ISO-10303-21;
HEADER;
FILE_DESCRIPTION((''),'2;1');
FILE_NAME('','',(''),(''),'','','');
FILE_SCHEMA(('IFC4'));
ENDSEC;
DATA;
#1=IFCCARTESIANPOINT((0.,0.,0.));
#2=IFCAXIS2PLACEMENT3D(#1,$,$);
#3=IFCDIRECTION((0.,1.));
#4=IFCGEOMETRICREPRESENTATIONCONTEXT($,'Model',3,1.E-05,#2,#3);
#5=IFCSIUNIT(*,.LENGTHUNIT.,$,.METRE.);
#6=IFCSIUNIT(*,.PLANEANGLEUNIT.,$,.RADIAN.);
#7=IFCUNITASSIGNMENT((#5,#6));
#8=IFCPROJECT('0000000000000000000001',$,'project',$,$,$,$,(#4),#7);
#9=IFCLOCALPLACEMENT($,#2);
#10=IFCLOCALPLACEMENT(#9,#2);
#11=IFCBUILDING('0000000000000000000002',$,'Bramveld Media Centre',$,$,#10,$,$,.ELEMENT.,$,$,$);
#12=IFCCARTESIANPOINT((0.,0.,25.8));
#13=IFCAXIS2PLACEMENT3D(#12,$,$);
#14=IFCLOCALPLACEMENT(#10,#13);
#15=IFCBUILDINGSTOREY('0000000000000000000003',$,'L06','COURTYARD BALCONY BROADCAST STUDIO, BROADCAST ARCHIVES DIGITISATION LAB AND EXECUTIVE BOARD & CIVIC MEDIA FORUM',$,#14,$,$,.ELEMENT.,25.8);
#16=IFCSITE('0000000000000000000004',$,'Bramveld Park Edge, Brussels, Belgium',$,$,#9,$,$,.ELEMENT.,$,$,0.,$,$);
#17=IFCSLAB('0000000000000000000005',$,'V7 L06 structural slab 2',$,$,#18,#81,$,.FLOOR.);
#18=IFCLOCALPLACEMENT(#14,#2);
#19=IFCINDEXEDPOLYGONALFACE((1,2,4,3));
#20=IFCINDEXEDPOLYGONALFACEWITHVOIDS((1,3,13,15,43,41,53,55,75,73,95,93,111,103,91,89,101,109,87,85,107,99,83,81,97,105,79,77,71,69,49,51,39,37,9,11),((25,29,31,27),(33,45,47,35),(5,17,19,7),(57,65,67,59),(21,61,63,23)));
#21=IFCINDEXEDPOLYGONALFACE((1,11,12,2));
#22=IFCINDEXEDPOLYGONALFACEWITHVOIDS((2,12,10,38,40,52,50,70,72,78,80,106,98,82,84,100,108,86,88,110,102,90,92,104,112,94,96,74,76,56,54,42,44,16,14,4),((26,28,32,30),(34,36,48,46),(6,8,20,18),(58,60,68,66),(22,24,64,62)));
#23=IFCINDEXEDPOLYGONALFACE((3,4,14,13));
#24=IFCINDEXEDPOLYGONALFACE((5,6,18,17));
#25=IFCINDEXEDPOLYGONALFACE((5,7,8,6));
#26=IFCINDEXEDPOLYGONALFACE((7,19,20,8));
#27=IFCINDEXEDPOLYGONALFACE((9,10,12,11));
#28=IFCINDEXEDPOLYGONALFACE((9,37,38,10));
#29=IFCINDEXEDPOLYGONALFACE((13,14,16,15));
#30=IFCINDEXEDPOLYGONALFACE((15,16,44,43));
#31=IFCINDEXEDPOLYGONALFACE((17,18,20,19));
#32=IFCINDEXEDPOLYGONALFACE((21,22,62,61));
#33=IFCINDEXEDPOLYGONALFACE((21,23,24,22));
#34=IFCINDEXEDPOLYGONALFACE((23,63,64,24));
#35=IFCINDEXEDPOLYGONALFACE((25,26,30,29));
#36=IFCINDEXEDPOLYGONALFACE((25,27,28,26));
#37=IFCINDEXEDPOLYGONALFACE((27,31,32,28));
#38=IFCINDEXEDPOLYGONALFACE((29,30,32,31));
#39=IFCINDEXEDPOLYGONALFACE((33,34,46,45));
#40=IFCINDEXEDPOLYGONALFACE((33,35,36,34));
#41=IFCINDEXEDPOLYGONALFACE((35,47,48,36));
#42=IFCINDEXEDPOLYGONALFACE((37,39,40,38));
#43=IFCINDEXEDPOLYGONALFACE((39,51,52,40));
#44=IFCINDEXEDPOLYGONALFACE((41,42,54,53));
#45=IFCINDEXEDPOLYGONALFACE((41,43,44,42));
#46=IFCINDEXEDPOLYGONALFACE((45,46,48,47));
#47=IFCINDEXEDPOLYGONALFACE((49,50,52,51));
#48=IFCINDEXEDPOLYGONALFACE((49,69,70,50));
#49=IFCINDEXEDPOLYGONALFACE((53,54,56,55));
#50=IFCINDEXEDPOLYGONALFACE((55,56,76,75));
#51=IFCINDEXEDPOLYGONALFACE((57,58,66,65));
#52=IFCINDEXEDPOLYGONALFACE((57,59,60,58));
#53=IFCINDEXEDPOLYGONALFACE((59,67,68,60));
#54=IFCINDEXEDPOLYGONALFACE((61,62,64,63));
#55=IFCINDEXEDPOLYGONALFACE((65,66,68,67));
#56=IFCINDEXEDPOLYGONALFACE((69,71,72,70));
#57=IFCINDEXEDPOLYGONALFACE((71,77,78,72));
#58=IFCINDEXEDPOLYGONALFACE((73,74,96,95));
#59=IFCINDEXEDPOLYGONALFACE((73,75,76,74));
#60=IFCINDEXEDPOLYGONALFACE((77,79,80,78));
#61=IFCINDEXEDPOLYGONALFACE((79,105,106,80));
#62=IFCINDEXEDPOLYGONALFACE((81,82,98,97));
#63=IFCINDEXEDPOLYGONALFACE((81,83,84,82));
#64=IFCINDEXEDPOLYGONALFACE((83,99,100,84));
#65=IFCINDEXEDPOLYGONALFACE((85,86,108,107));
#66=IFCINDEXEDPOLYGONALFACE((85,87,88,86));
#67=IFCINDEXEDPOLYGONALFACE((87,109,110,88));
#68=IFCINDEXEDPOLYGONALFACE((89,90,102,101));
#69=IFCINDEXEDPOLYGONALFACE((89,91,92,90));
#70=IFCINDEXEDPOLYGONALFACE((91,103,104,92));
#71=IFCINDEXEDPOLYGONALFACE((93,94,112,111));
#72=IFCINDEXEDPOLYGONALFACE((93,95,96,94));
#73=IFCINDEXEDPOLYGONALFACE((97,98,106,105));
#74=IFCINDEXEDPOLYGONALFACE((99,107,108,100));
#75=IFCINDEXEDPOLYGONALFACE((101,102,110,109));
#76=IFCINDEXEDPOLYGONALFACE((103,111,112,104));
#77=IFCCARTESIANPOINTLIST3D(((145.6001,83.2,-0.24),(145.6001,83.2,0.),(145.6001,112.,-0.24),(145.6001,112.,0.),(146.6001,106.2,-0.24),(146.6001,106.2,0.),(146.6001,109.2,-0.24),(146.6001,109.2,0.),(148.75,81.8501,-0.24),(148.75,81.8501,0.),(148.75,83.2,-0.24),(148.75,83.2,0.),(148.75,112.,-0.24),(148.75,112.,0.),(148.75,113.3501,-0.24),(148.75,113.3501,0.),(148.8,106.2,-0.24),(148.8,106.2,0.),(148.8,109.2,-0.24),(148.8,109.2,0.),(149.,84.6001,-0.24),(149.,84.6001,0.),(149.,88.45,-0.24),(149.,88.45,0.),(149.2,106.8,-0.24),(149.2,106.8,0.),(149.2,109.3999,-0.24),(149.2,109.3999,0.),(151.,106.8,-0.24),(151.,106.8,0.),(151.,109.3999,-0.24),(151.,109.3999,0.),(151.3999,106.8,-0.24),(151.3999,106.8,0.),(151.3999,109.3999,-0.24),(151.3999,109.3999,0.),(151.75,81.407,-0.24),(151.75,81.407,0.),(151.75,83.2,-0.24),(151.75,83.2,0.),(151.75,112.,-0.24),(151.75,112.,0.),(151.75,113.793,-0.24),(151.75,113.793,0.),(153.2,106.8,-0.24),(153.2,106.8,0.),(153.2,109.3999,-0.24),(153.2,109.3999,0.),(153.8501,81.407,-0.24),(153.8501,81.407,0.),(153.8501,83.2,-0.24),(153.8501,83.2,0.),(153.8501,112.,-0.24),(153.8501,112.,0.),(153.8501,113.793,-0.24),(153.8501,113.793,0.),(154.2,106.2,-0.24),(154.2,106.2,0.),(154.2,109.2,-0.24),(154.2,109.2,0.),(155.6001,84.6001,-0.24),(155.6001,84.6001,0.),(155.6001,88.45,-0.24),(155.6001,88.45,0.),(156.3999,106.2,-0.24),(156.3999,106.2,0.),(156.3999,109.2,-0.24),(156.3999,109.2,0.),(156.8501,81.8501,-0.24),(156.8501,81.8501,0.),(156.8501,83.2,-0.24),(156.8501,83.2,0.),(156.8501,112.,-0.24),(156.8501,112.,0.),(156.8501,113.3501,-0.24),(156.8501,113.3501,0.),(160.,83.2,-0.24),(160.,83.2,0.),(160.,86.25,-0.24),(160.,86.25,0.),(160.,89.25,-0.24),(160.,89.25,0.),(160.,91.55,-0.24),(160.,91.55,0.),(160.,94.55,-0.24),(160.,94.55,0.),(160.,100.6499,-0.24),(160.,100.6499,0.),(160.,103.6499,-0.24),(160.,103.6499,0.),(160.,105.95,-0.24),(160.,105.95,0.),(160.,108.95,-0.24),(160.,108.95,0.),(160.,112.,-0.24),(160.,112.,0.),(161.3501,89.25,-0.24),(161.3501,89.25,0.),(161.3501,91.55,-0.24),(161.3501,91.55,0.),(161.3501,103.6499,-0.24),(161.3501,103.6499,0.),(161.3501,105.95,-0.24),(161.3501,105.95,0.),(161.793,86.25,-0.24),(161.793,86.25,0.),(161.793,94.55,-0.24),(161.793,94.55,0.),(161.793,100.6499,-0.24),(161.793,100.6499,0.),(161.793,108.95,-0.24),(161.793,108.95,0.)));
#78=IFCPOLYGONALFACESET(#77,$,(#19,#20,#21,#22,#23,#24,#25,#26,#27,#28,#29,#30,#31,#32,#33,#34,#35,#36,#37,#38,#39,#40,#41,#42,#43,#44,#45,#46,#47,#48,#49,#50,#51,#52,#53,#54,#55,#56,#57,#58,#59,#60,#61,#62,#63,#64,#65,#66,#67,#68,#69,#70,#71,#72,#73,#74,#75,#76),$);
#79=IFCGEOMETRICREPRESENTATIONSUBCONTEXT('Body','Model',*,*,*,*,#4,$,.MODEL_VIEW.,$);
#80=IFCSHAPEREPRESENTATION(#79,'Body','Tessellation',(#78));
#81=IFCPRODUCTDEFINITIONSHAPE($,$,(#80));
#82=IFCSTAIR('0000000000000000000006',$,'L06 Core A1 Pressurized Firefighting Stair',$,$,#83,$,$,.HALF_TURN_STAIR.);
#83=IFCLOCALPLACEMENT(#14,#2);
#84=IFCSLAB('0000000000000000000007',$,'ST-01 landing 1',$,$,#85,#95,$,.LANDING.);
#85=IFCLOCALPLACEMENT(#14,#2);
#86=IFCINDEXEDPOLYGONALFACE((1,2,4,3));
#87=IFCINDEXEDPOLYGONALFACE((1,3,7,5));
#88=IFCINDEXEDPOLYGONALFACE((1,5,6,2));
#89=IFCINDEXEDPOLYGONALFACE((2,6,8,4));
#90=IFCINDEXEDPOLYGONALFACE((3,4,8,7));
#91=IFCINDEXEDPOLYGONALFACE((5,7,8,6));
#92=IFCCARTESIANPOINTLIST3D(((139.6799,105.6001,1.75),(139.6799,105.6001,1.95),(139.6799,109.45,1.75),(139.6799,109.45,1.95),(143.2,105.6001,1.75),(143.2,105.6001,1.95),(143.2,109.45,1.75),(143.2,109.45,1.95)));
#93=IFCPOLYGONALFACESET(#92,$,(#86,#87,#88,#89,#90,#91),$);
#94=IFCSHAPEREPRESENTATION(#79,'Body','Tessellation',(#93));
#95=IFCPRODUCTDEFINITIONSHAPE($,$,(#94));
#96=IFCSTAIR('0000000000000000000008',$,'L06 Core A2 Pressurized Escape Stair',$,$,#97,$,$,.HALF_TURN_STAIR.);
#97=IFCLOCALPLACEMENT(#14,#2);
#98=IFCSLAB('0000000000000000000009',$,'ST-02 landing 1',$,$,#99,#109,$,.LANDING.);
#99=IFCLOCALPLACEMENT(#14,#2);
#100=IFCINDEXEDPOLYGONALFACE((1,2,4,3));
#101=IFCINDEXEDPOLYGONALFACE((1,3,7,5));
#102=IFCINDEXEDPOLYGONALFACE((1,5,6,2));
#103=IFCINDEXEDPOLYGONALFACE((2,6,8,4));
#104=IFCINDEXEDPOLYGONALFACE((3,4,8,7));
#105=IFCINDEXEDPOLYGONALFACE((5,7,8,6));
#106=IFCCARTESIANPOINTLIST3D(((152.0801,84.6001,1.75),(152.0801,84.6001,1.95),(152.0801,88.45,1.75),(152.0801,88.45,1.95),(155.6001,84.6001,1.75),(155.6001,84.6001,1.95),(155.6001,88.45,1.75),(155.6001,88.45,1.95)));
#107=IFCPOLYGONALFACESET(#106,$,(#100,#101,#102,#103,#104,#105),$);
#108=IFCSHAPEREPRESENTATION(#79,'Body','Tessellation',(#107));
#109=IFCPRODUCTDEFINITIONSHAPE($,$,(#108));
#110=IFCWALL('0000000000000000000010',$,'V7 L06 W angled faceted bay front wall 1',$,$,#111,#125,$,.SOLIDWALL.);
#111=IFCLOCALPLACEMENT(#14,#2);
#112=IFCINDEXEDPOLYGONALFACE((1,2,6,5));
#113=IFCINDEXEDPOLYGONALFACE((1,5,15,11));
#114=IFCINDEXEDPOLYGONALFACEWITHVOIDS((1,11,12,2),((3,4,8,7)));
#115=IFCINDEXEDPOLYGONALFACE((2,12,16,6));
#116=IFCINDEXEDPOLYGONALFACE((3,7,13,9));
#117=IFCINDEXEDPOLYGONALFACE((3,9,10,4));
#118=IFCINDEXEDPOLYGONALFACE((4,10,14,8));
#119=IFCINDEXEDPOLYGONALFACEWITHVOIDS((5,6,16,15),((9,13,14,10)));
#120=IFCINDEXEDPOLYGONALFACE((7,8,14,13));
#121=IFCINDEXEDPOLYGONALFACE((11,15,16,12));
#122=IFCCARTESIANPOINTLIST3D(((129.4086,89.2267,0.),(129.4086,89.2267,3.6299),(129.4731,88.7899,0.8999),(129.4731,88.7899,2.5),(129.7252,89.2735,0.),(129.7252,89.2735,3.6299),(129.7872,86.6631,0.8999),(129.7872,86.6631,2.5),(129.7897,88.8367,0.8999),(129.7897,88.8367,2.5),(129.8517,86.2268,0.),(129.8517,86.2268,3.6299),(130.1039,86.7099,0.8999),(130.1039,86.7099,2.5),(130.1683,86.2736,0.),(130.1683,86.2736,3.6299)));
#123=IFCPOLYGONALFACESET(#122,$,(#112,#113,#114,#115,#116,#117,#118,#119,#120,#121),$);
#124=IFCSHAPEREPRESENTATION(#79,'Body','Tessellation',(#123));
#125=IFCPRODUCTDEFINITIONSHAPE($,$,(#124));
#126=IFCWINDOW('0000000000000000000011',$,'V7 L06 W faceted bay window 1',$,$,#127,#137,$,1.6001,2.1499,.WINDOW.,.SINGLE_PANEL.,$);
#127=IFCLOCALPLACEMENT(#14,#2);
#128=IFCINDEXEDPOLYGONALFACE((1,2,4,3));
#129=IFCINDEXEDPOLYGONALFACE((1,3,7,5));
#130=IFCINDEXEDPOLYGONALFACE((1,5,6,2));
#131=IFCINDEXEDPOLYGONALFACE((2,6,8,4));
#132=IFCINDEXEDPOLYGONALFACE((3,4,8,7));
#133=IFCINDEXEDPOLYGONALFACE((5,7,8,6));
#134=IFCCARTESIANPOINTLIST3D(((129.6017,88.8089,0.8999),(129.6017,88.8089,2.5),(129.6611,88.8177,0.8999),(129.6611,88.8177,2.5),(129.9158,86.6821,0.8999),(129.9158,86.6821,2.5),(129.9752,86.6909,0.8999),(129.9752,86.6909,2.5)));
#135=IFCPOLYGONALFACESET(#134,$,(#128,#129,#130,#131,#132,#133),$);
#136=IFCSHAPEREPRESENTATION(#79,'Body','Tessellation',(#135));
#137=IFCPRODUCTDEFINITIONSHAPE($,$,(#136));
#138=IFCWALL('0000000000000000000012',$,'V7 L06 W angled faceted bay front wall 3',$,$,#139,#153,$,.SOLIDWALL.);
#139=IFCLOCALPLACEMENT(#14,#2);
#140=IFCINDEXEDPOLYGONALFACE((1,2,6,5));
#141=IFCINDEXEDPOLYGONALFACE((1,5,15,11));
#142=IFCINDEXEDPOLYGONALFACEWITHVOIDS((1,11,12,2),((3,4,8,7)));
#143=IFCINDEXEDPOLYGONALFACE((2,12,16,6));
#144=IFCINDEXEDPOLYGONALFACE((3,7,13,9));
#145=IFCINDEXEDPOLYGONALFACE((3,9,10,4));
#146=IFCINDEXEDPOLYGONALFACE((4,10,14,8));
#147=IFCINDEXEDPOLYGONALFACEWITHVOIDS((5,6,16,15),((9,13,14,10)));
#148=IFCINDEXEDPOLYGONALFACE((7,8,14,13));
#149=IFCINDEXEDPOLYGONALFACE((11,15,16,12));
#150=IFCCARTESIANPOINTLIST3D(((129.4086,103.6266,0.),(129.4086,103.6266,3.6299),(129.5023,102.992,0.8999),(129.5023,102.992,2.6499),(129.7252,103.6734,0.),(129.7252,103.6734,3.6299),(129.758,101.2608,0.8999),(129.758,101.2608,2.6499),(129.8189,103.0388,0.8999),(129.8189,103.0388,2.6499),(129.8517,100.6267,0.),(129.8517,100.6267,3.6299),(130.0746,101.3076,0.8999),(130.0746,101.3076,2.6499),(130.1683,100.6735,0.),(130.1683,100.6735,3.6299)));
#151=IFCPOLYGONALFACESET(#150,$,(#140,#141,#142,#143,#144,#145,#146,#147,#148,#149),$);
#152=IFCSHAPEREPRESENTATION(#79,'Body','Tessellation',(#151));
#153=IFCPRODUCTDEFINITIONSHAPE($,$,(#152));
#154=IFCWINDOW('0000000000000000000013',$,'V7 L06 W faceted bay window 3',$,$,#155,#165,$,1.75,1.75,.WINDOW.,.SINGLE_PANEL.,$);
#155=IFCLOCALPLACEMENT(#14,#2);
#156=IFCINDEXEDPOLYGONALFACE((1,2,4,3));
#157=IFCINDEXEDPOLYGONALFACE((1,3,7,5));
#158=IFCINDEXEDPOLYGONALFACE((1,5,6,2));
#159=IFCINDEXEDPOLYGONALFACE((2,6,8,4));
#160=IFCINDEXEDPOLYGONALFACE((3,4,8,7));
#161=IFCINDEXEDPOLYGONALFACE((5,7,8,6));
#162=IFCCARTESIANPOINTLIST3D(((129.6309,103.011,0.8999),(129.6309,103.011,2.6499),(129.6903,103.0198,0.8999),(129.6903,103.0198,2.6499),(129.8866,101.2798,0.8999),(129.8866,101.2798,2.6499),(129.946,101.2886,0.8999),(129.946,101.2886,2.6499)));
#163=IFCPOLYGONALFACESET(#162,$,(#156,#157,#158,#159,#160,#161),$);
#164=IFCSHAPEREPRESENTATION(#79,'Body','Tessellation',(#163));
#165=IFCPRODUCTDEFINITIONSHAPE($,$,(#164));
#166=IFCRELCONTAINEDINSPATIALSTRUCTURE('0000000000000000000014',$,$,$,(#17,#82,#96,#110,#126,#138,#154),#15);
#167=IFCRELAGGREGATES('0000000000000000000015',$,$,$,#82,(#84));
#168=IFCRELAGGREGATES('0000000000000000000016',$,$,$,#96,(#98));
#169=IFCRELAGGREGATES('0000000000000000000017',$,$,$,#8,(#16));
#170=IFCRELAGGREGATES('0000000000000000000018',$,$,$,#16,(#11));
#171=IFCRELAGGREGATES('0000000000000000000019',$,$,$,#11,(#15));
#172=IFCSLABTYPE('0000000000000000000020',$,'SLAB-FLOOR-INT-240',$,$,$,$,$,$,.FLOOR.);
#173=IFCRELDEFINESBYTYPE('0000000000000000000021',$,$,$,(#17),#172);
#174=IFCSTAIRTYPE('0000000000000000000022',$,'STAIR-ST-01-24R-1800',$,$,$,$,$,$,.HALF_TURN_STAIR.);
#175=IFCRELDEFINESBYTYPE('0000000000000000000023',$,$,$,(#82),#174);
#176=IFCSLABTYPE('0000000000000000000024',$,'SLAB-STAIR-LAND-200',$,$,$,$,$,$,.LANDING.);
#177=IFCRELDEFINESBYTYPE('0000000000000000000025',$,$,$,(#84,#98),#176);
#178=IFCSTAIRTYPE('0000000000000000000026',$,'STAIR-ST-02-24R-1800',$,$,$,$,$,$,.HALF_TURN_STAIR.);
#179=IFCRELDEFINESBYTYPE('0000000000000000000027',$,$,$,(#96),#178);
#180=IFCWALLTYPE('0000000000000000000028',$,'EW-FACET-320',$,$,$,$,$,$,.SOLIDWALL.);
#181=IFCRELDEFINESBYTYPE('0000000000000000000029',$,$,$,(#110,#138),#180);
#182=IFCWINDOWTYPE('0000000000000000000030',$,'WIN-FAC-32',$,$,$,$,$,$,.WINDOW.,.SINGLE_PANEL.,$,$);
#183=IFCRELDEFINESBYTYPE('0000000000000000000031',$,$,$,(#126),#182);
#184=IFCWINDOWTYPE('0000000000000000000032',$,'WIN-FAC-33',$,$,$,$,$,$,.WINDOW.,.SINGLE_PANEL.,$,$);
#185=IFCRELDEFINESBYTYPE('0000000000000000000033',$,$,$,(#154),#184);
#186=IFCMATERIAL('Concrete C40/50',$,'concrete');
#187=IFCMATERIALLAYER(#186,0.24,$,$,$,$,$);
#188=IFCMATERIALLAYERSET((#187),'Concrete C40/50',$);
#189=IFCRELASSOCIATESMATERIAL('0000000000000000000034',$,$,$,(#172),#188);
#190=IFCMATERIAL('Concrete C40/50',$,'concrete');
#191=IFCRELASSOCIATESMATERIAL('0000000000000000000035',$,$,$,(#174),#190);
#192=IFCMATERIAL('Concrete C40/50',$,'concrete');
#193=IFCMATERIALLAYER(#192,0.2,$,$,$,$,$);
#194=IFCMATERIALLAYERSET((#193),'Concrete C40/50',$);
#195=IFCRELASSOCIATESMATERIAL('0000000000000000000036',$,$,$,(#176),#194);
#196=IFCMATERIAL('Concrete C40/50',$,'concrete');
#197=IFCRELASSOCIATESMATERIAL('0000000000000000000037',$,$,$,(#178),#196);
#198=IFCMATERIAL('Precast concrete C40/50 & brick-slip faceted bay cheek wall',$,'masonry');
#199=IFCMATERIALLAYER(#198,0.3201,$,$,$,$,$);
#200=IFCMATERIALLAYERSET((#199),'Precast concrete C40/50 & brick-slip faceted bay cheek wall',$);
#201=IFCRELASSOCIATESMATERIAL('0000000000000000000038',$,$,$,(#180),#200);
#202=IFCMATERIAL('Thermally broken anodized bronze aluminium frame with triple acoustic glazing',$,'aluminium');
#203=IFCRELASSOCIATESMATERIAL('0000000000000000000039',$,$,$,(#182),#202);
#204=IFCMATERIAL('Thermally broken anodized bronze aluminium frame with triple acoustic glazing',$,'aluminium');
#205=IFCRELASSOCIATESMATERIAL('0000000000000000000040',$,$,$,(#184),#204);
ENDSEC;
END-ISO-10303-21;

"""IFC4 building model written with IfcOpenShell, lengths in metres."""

from ifc_helpers import new_model, si_unit, direction, frame, frame_2d, origin, place, context, subcontext, project, spatial, polyline, rectangle, outline, extrude, material, layer, layer_set, type_object, element, fill, aggregate, save


model = new_model("IFC4")

# Units and contexts
model_context = context("Model", 3, precision=1e-05, world=origin(), true_north=direction((0.0, 1.0)))
body_context = subcontext(model_context, "Body", "Model", "MODEL_VIEW")
ifc_project = project(units=[si_unit("LENGTHUNIT", "METRE"), si_unit("PLANEANGLEUNIT", "RADIAN")], contexts=[model_context])

# Site, building, storey
site_placement = place(None, origin())
site = spatial("IfcSite", under=ifc_project, at=site_placement, Name="Bramveld Park Edge, Brussels, Belgium", CompositionType="ELEMENT", RefElevation=0.0)
building_placement = place(site_placement, origin())
building = spatial("IfcBuilding", under=site, at=building_placement, Name="Bramveld Media Centre", CompositionType="ELEMENT")
storey_placement = place(building_placement, frame((0.0, 0.0, 25.8)))
storey = spatial("IfcBuildingStorey", under=building, at=storey_placement, Name="L06", Description="COURTYARD BALCONY BROADCAST STUDIO, BROADCAST ARCHIVES DIGITISATION LAB AND EXECUTIVE BOARD & CIVIC MEDIA FORUM", CompositionType="ELEMENT", Elevation=25.8)

# Slab
ifc_material_1 = material(Name="Concrete C40/50", Category="concrete")
ifc_layer_1 = layer(ifc_material_1, 0.24)
ifc_layer_set_1 = layer_set([ifc_layer_1], Name="Concrete C40/50")
slab_type_1 = type_object("IfcSlabType", Name="SLAB-FLOOR-INT-240", PredefinedType="FLOOR", material=ifc_layer_set_1)
slab_1_placement = place(storey_placement, frame((0.0, 0.0, -0.24)))
element("IfcSlab", 1, at=slab_1_placement, inside=storey, type_object=slab_type_1, Name="V7 L06 structural slab 2", PredefinedType="FLOOR", context=body_context, shape_type="SweptSolid", body=[
    extrude(outline(polyline([(148.75, 113.3501), (151.75, 113.793), (151.75, 112.0), (153.8501, 112.0), (153.8501, 113.793), (156.8501, 113.3501), (156.8501, 112.0), (160.0, 112.0), (160.0, 108.95), (161.793, 108.95), (161.3501, 105.95), (160.0, 105.95), (160.0, 103.6499), (161.3501, 103.6499), (161.793, 100.6499), (160.0, 100.6499), (160.0, 94.55), (161.793, 94.55), (161.3501, 91.55), (160.0, 91.55), (160.0, 89.25), (161.3501, 89.25), (161.793, 86.25), (160.0, 86.25), (160.0, 83.2), (156.8501, 83.2), (156.8501, 81.8501), (153.8501, 81.407), (153.8501, 83.2), (151.75, 83.2), (151.75, 81.407), (148.75, 81.8501), (148.75, 83.2), (145.6001, 83.2), (145.6001, 112.0), (148.75, 112.0), (148.75, 113.3501)]), holes=[polyline([(149.0, 88.45), (149.0, 84.6001), (155.6001, 84.6001), (155.6001, 88.45), (149.0, 88.45)]), polyline([(146.6001, 109.2), (146.6001, 106.2), (148.8, 106.2), (148.8, 109.2), (146.6001, 109.2)]), polyline([(154.2, 106.2), (156.3999, 106.2), (156.3999, 109.2), (154.2, 109.2), (154.2, 106.2)]), polyline([(149.2, 109.3999), (149.2, 106.8), (151.0, 106.8), (151.0, 109.3999), (149.2, 109.3999)]), polyline([(151.3999, 109.3999), (151.3999, 106.8), (153.2, 106.8), (153.2, 109.3999), (151.3999, 109.3999)])]), origin(), (0.0, 0.0, 1.0), 0.24),
])

# Stairs, slabs
ifc_material_2 = material(Name="Concrete C40/50", Category="concrete")
stair_type_1 = type_object("IfcStairType", Name="STAIR-ST-01-24R-1800", PredefinedType="HALF_TURN_STAIR", material=ifc_material_2)
stair_1_placement = place(storey_placement, origin())
stair_1 = element("IfcStair", 2, at=stair_1_placement, inside=storey, type_object=stair_type_1, Name="L06 Core A1 Pressurized Firefighting Stair", PredefinedType="HALF_TURN_STAIR")
ifc_material_3 = material(Name="Concrete C40/50", Category="concrete")
ifc_layer_2 = layer(ifc_material_3, 0.2)
ifc_layer_set_2 = layer_set([ifc_layer_2], Name="Concrete C40/50")
slab_type_2 = type_object("IfcSlabType", Name="SLAB-STAIR-LAND-200", PredefinedType="LANDING", material=ifc_layer_set_2)
slab_2_placement = place(storey_placement, frame((0.0, 0.0, 1.75)))
slab_2 = element("IfcSlab", 3, at=slab_2_placement, type_object=slab_type_2, Name="ST-01 landing 1", PredefinedType="LANDING", context=body_context, shape_type="SweptSolid", body=[
    extrude(outline(polyline([(139.6799, 105.6001), (143.2, 105.6001), (143.2, 109.45), (139.6799, 109.45), (139.6799, 105.6001)])), origin(), (0.0, 0.0, 1.0), 0.2),
])
aggregate(stair_1, [slab_2])
ifc_material_4 = material(Name="Concrete C40/50", Category="concrete")
stair_type_2 = type_object("IfcStairType", Name="STAIR-ST-02-24R-1800", PredefinedType="HALF_TURN_STAIR", material=ifc_material_4)
stair_2_placement = place(storey_placement, origin())
stair_2 = element("IfcStair", 4, at=stair_2_placement, inside=storey, type_object=stair_type_2, Name="L06 Core A2 Pressurized Escape Stair", PredefinedType="HALF_TURN_STAIR")
slab_3_placement = place(storey_placement, frame((0.0, 0.0, 1.75)))
slab_3 = element("IfcSlab", 5, at=slab_3_placement, type_object=slab_type_2, Name="ST-02 landing 1", PredefinedType="LANDING", context=body_context, shape_type="SweptSolid", body=[
    extrude(outline(polyline([(152.0801, 84.6001), (155.6001, 84.6001), (155.6001, 88.45), (152.0801, 88.45), (152.0801, 84.6001)])), origin(), (0.0, 0.0, 1.0), 0.2),
])
aggregate(stair_2, [slab_3])

# Walls, openings, windows
ifc_material_5 = material(Name="Precast concrete C40/50 & brick-slip faceted bay cheek wall", Category="masonry")
ifc_layer_3 = layer(ifc_material_5, 0.3201)
ifc_layer_set_3 = layer_set([ifc_layer_3], Name="Precast concrete C40/50 & brick-slip faceted bay cheek wall")
wall_type_1 = type_object("IfcWallType", Name="EW-FACET-320", PredefinedType="SOLIDWALL", material=ifc_layer_set_3)
wall_1_placement = place(storey_placement, frame((129.5669, 89.25, 0.0), z_axis=(0.0, 0.0, 1.0), x_axis=(0.14612, -0.989267, 0.0)))
wall_1 = element("IfcWall", 6, at=wall_1_placement, inside=storey, type_object=wall_type_1, Name="V7 L06 W angled faceted bay front wall 1", PredefinedType="SOLIDWALL", context=body_context, shape_type="SweptSolid", body=[
    extrude(rectangle(XDim=3.0325, YDim=0.3201, at=frame_2d((1.5161, 0.0))), origin(), (0.0, 0.0, 1.0), 3.6299),
])
opening_1_placement = place(wall_1_placement, frame((0.4414, 0.0, 0.8999)))
opening_1 = element("IfcOpeningElement", 7, at=opening_1_placement, cuts=wall_1, PredefinedType="OPENING", context=body_context, shape_type="SweptSolid", body=[
    extrude(rectangle(XDim=2.1499, YDim=1.6001, at=frame_2d((1.075, 0.8))), frame((0.0, 0.1719, 0.0), z_axis=(0.0, -1.0, 0.0), x_axis=(1.0, 0.0, 0.0)), (0.0, 0.0, 1.0), 0.344),
])
ifc_material_6 = material(Name="Thermally broken anodized bronze aluminium frame with triple acoustic glazing", Category="aluminium")
window_type_1 = type_object("IfcWindowType", Name="WIN-FAC-32", PartitioningType="SINGLE_PANEL", PredefinedType="WINDOW", material=ifc_material_6)
window_1_placement = place(opening_1_placement, origin())
window_1 = element("IfcWindow", 8, at=window_1_placement, inside=storey, type_object=window_type_1, Name="V7 L06 W faceted bay window 1", OverallHeight=1.6001, OverallWidth=2.1499, PartitioningType="SINGLE_PANEL", PredefinedType="WINDOW", context=body_context, shape_type="SweptSolid", body=[
    extrude(rectangle(XDim=2.1499, YDim=1.6001, at=frame_2d((1.075, 0.8))), frame((0.0, 0.03, 0.0), z_axis=(0.0, -1.0, 0.0), x_axis=(1.0, 0.0, 0.0)), (0.0, 0.0, 1.0), 0.0601),
])
fill(opening_1, window_1)
wall_2_placement = place(storey_placement, frame((129.5669, 103.6499, 0.0), z_axis=(0.0, 0.0, 1.0), x_axis=(0.14612, -0.989267, 0.0)))
wall_2 = element("IfcWall", 9, at=wall_2_placement, inside=storey, type_object=wall_type_1, Name="V7 L06 W angled faceted bay front wall 3", PredefinedType="SOLIDWALL", context=body_context, shape_type="SweptSolid", body=[
    extrude(rectangle(XDim=3.0325, YDim=0.3201, at=frame_2d((1.5161, 0.0))), origin(), (0.0, 0.0, 1.0), 3.6299),
])
opening_2_placement = place(wall_2_placement, frame((0.6414, 0.0, 0.8999)))
opening_2 = element("IfcOpeningElement", 10, at=opening_2_placement, cuts=wall_2, PredefinedType="OPENING", context=body_context, shape_type="SweptSolid", body=[
    extrude(rectangle(XDim=1.75, YDim=1.75, at=frame_2d((0.875, 0.875))), frame((0.0, 0.1719, 0.0), z_axis=(0.0, -1.0, 0.0), x_axis=(1.0, 0.0, 0.0)), (0.0, 0.0, 1.0), 0.344),
])
ifc_material_7 = material(Name="Thermally broken anodized bronze aluminium frame with triple acoustic glazing", Category="aluminium")
window_type_2 = type_object("IfcWindowType", Name="WIN-FAC-33", PartitioningType="SINGLE_PANEL", PredefinedType="WINDOW", material=ifc_material_7)
window_2_placement = place(opening_2_placement, origin())
window_2 = element("IfcWindow", 11, at=window_2_placement, inside=storey, type_object=window_type_2, Name="V7 L06 W faceted bay window 3", OverallHeight=1.75, OverallWidth=1.75, PartitioningType="SINGLE_PANEL", PredefinedType="WINDOW", context=body_context, shape_type="SweptSolid", body=[
    extrude(rectangle(XDim=1.75, YDim=1.75, at=frame_2d((0.875, 0.875))), frame((0.0, 0.03, 0.0), z_axis=(0.0, -1.0, 0.0), x_axis=(1.0, 0.0, 0.0)), (0.0, 0.0, 1.0), 0.0601),
])
fill(opening_2, window_2)

save(model, "model.ifc")
